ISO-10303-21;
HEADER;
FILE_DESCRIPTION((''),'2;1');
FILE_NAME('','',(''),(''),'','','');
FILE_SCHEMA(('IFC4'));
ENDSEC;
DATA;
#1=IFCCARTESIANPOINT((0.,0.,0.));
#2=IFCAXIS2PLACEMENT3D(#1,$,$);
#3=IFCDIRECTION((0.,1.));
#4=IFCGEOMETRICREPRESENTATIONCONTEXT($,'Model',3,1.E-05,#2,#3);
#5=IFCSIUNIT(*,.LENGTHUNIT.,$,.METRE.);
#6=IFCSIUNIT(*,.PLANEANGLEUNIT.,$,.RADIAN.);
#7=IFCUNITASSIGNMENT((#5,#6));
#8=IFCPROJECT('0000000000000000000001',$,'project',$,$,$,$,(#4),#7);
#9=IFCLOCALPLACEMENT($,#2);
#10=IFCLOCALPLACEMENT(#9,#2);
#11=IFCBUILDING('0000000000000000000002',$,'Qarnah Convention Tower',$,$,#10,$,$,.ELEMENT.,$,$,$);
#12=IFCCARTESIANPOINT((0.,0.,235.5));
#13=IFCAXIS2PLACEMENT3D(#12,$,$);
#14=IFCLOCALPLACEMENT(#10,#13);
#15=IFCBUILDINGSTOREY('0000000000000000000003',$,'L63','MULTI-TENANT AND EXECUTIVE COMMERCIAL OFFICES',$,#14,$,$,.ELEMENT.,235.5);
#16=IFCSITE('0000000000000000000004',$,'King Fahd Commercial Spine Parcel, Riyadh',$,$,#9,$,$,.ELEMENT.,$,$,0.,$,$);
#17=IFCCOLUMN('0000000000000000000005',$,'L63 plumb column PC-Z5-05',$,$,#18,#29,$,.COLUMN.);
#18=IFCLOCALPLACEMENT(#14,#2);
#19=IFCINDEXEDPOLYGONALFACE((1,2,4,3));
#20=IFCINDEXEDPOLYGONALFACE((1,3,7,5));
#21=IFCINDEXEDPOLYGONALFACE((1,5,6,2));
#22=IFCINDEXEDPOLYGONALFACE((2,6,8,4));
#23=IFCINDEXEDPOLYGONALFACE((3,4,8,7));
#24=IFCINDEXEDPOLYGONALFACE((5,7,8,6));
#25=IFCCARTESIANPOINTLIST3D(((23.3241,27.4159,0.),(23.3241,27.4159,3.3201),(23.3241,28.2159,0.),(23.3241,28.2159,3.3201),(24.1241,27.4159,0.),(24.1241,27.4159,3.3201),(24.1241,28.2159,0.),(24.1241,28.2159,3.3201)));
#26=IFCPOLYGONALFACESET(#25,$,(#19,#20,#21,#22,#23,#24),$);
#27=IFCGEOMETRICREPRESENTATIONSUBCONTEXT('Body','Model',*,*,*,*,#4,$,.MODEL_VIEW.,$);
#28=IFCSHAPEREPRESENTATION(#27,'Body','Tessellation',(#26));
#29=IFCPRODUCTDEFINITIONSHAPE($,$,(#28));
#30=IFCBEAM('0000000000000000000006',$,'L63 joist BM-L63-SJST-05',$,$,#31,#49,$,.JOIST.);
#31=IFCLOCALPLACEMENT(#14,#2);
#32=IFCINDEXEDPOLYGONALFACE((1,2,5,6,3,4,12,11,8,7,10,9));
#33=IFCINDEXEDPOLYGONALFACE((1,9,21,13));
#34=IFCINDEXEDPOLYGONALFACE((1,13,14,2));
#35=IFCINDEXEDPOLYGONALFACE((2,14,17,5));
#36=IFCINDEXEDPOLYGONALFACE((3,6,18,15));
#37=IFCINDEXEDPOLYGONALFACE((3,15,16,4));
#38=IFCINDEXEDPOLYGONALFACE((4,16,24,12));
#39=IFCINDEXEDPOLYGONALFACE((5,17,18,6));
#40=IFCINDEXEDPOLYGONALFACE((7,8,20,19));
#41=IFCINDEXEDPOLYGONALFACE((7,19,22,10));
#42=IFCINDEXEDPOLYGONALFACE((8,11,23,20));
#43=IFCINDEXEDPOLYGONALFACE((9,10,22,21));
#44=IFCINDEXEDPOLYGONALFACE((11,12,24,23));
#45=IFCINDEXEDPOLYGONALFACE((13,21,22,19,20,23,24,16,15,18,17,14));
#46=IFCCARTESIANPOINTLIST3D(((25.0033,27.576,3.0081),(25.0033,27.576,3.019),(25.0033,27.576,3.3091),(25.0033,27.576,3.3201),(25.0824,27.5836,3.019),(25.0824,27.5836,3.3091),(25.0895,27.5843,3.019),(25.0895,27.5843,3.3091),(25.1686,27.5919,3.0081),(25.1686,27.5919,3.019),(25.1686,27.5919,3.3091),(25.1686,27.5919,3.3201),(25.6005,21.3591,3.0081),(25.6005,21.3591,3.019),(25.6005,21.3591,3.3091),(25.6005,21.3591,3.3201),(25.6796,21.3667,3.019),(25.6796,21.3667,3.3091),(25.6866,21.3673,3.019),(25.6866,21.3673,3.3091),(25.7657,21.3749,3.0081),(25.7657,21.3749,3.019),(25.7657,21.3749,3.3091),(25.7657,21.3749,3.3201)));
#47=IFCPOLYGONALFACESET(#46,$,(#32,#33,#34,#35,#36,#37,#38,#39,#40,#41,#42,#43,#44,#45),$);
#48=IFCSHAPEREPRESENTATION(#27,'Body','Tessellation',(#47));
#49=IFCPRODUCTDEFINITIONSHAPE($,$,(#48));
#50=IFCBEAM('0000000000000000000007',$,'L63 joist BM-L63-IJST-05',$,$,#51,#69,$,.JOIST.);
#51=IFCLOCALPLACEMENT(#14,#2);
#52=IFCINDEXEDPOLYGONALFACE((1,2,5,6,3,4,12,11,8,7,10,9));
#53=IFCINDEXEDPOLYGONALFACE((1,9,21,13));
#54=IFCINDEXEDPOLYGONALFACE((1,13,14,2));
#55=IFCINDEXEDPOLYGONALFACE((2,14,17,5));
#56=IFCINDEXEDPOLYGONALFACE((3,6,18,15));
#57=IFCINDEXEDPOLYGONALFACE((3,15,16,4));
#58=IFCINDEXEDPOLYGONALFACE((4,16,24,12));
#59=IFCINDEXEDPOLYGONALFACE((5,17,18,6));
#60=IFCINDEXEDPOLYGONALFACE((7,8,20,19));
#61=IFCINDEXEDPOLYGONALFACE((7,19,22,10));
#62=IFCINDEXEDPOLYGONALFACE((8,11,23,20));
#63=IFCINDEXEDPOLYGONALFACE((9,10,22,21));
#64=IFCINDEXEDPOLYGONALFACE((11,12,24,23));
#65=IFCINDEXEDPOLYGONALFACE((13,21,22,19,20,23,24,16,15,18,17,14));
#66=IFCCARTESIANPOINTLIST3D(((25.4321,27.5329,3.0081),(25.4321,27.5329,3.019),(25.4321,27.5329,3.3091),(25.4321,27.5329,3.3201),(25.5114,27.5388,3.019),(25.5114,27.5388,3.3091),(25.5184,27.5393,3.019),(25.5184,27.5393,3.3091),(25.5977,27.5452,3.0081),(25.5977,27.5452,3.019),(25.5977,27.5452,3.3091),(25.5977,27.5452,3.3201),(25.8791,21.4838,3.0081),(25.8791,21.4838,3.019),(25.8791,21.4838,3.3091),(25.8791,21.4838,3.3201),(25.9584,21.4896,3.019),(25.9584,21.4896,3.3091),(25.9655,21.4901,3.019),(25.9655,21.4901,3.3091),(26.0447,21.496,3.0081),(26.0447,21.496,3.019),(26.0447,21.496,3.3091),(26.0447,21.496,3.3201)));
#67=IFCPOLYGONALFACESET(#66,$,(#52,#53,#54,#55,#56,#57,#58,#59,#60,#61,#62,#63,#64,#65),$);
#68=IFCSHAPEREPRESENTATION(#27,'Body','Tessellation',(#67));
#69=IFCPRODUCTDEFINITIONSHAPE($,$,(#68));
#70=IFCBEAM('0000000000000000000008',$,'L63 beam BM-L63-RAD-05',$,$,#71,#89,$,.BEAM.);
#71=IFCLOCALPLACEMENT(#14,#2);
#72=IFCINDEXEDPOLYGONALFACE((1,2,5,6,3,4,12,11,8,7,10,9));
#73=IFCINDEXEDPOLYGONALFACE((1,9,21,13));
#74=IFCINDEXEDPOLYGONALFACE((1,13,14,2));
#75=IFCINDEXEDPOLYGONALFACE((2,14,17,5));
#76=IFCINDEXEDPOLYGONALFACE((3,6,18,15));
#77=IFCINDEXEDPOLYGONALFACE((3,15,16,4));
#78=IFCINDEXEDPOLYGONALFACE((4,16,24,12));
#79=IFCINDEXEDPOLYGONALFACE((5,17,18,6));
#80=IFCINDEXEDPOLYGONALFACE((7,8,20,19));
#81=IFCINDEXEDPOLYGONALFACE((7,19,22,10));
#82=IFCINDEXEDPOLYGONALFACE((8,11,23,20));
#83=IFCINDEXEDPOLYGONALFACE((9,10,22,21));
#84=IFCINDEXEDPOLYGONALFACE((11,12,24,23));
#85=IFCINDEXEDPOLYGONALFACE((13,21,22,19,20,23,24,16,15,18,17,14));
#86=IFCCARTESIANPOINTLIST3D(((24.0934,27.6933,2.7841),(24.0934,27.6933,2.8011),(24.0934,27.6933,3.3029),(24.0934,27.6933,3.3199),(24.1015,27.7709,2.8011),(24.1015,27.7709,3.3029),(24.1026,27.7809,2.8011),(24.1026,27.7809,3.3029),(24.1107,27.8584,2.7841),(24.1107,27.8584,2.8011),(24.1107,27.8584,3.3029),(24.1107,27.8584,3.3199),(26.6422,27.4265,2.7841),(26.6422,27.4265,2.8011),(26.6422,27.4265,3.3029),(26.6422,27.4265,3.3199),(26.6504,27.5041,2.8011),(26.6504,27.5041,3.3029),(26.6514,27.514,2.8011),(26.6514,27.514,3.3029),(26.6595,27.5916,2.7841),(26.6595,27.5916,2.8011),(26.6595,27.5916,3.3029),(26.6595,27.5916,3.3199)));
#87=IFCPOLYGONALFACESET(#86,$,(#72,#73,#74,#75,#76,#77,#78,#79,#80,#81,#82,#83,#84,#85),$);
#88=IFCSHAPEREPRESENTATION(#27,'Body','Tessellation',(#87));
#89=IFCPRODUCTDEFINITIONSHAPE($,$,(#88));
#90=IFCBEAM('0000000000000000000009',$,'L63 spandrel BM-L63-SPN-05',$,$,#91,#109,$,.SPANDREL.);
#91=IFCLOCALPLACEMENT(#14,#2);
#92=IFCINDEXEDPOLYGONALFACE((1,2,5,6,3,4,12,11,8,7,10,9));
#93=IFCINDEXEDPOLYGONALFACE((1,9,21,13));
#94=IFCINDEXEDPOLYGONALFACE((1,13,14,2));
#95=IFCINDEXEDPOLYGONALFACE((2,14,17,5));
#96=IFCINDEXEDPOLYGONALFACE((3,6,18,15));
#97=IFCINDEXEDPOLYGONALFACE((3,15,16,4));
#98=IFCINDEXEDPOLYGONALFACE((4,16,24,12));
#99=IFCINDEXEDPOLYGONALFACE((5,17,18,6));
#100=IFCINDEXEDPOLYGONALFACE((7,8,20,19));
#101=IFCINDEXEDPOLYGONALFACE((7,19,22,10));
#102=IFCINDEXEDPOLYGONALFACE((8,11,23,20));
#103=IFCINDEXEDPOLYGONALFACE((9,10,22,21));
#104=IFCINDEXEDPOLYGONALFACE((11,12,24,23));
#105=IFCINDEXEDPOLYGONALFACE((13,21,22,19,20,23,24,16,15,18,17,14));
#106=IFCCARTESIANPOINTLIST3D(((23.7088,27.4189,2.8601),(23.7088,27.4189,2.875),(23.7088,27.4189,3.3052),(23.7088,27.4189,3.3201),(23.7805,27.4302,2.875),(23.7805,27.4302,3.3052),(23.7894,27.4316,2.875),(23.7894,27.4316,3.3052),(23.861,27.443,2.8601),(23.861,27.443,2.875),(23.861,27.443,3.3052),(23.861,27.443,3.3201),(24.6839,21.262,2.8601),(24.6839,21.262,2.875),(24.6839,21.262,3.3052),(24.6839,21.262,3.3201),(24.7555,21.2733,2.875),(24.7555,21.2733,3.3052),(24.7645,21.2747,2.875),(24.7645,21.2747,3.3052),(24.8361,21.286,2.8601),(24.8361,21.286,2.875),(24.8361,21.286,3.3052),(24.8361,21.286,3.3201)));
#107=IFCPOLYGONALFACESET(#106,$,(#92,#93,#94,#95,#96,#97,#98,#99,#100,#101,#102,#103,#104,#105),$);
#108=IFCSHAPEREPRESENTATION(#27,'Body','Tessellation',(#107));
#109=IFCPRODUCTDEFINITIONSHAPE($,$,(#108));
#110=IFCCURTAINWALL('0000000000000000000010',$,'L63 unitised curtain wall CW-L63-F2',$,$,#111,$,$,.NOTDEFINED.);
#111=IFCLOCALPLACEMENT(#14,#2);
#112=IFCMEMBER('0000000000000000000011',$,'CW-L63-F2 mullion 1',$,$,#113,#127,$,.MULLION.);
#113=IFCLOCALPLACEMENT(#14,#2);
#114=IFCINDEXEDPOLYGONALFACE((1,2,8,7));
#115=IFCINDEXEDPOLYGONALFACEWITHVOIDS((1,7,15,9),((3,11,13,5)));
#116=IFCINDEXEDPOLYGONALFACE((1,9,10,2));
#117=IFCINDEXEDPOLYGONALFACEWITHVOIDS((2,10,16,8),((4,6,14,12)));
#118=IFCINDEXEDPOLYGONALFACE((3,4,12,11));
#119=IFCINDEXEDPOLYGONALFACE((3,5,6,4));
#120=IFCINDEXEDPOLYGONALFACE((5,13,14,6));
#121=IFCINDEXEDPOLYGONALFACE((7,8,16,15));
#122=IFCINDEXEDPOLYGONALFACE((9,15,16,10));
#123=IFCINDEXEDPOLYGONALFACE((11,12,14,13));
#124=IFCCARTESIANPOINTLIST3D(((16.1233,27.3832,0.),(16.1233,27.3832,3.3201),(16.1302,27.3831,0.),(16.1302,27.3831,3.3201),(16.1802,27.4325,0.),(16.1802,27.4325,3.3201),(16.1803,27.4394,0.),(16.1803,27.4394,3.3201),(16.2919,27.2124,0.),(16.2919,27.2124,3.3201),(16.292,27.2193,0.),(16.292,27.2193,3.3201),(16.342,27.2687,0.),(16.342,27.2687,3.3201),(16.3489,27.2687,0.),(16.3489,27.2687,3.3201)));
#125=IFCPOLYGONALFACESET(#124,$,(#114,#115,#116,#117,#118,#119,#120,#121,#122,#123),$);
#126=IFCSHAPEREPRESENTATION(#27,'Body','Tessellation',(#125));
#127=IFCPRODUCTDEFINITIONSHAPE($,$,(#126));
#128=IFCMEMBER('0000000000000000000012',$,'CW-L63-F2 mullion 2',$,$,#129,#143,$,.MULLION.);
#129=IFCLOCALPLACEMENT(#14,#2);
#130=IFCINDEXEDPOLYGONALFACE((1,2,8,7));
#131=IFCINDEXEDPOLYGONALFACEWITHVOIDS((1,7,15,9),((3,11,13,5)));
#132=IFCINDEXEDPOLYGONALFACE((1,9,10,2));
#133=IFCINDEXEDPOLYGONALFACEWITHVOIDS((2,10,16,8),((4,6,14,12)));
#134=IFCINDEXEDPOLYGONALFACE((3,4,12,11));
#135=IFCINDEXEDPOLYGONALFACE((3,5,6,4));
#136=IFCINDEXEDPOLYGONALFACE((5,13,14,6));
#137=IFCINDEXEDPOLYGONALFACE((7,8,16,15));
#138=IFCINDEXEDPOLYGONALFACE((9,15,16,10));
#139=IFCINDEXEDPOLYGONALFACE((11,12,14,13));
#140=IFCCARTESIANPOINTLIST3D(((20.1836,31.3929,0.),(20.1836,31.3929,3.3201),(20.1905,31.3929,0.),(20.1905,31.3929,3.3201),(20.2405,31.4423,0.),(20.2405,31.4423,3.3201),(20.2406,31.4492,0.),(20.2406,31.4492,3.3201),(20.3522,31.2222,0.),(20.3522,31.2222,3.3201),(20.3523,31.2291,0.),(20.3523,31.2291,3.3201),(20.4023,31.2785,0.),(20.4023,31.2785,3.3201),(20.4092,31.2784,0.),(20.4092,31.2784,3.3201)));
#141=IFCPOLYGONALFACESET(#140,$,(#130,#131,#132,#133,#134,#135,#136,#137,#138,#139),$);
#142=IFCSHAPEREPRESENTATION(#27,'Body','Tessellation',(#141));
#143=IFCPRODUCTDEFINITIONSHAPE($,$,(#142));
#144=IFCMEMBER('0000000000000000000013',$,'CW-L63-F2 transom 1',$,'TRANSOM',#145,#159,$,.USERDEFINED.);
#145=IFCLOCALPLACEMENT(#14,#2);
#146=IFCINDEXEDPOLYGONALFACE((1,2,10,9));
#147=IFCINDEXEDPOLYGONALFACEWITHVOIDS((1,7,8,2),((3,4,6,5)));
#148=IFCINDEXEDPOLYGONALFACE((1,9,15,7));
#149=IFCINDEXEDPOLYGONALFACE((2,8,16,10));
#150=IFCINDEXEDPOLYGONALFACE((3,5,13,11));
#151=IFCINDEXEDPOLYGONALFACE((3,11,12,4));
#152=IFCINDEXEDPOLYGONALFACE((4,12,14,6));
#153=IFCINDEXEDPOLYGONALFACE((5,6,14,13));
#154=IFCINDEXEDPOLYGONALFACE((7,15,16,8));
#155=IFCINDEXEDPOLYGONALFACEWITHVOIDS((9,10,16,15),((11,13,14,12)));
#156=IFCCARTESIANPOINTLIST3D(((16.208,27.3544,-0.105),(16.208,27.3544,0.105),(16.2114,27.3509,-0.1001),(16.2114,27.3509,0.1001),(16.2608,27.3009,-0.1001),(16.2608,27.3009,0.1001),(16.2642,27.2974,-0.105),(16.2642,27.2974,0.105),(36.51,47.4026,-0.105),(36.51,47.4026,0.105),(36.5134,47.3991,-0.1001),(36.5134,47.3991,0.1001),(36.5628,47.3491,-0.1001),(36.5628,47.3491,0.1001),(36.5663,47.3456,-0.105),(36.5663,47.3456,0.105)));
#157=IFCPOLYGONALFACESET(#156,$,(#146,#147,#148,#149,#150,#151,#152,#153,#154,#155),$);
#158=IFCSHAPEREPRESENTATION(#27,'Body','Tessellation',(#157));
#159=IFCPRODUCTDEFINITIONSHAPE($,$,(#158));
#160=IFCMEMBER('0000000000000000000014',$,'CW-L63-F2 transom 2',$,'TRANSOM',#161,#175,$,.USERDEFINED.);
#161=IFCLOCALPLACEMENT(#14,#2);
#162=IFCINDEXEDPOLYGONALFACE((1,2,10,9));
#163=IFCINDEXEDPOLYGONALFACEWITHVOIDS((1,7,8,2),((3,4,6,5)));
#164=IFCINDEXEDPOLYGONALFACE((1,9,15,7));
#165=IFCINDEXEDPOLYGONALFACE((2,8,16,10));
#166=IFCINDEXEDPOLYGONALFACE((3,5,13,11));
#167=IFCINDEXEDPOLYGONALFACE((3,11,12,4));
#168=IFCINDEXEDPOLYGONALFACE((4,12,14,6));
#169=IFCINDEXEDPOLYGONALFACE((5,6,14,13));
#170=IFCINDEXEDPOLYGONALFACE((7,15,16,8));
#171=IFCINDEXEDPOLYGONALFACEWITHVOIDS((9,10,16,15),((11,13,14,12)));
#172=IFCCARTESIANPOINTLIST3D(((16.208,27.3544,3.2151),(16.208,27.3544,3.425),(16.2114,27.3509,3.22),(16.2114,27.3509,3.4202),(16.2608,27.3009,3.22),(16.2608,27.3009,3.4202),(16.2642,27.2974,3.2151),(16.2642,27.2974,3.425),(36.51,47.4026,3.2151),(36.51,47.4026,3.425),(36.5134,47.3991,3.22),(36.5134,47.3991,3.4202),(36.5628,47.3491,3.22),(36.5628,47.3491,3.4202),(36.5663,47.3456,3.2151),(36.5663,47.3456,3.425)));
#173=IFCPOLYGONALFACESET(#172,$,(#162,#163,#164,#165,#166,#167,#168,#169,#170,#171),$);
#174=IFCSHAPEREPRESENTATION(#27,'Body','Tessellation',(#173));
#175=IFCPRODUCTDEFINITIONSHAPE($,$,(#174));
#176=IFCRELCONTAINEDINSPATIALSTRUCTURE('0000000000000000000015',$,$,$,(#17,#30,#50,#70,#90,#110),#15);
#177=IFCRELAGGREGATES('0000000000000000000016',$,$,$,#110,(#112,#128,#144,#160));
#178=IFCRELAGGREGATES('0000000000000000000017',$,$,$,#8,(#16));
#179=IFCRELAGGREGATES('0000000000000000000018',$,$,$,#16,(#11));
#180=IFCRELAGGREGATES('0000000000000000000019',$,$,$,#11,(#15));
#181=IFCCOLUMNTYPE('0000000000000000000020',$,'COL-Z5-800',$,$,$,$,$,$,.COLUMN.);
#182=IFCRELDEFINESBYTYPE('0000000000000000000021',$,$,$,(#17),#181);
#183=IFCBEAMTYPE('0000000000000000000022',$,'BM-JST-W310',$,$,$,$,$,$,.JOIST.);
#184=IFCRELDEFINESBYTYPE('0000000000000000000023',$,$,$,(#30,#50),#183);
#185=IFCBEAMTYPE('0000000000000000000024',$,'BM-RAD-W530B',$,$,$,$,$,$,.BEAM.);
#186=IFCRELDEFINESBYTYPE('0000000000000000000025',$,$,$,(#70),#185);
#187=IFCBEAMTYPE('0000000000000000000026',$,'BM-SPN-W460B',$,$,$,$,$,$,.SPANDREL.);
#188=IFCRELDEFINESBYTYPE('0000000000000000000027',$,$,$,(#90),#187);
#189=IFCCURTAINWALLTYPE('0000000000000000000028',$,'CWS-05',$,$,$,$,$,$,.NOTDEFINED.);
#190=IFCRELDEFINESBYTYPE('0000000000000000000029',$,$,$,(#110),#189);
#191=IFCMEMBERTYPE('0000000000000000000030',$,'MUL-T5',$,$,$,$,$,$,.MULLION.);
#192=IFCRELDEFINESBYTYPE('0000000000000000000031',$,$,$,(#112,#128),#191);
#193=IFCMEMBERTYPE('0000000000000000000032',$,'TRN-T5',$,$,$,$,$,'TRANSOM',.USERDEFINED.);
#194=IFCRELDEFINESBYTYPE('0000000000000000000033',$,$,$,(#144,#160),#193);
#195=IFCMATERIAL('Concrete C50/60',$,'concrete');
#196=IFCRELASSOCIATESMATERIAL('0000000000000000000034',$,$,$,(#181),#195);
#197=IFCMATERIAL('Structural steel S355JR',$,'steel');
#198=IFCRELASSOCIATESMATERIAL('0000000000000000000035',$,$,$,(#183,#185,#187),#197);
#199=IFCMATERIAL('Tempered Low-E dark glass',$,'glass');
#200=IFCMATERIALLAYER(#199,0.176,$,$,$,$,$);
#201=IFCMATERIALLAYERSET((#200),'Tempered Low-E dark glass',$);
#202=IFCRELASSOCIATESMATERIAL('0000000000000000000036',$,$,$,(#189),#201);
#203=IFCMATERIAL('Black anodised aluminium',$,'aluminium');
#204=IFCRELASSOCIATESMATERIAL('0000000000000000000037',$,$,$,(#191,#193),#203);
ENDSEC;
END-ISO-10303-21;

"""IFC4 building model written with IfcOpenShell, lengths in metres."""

from ifc_helpers import new_model, si_unit, direction, frame, origin, origin_2d, place, context, subcontext, project, spatial, rectangle, hollow_rectangle, i_section, extrude, material, layer, layer_set, material_profile, profile_set, type_object, element, aggregate, save


model = new_model("IFC4")

# Units and contexts
model_context = context("Model", 3, precision=1e-05, world=origin(), true_north=direction((0.0, 1.0)))
body_context = subcontext(model_context, "Body", "Model", "MODEL_VIEW")
ifc_project = project(units=[si_unit("LENGTHUNIT", "METRE"), si_unit("PLANEANGLEUNIT", "RADIAN")], contexts=[model_context])

# Site, building, storey
site_placement = place(None, origin())
site = spatial("IfcSite", under=ifc_project, at=site_placement, Name="King Fahd Commercial Spine Parcel, Riyadh", CompositionType="ELEMENT", RefElevation=0.0)
building_placement = place(site_placement, origin())
building = spatial("IfcBuilding", under=site, at=building_placement, Name="Qarnah Convention Tower", CompositionType="ELEMENT")
storey_placement = place(building_placement, frame((0.0, 0.0, 235.5)))
storey = spatial("IfcBuildingStorey", under=building, at=storey_placement, Name="L63", Description="MULTI-TENANT AND EXECUTIVE COMMERCIAL OFFICES", CompositionType="ELEMENT", Elevation=235.5)

# Column
ifc_material_1 = material(Name="Concrete C50/60", Category="concrete")
ifc_material_profile_1 = material_profile(ifc_material_1, rectangle(XDim=0.8, YDim=0.8, at=origin_2d()), Name="RC-COL-800X800")
ifc_profile_set_1 = profile_set([ifc_material_profile_1], Name="Concrete C50/60")
column_type = type_object("IfcColumnType", Name="COL-Z5-800", PredefinedType="COLUMN", material=ifc_profile_set_1)
column_placement = place(storey_placement, frame((23.7241, 27.8159, 0.0), z_axis=(0.0, 0.0, 1.0), x_axis=(1.0, 0.0, 0.0)))
element("IfcColumn", 1, at=column_placement, inside=storey, type_object=column_type, Name="L63 plumb column PC-Z5-05", PredefinedType="COLUMN", context=body_context, shape_type="SweptSolid", body=[
    extrude(rectangle(XDim=0.8, YDim=0.8, at=origin_2d()), origin(), (0.0, 0.0, 1.0), 3.3201),
])

# Beams
ifc_material_2 = material(Name="Structural steel S355JR", Category="steel")
ifc_material_profile_2 = material_profile(ifc_material_2, i_section(OverallWidth=0.166, OverallDepth=0.312, WebThickness=0.0071, FlangeThickness=0.011, at=origin_2d()), Name="W310X45")
ifc_profile_set_2 = profile_set([ifc_material_profile_2], Name="Structural steel S355JR")
beam_type_1 = type_object("IfcBeamType", Name="BM-JST-W310", PredefinedType="JOIST", material=ifc_profile_set_2)
beam_1_placement = place(storey_placement, frame((25.0859, 27.584, 3.1641), z_axis=(0.095613, -0.995419, 0.0), x_axis=(0.995419, 0.095613, 0.0)))
element("IfcBeam", 2, at=beam_1_placement, inside=storey, type_object=beam_type_1, Name="L63 joist BM-L63-SJST-05", PredefinedType="JOIST", context=body_context, shape_type="SweptSolid", body=[
    extrude(i_section(OverallWidth=0.166, OverallDepth=0.312, WebThickness=0.0071, FlangeThickness=0.011, at=origin_2d()), origin(), (0.0, 0.0, 1.0), 6.2456),
])
beam_2_placement = place(storey_placement, frame((25.5149, 27.5391, 3.1641), z_axis=(0.073698, -0.997281, 0.0), x_axis=(0.997281, 0.073698, 0.0)))
element("IfcBeam", 3, at=beam_2_placement, inside=storey, type_object=beam_type_1, Name="L63 joist BM-L63-IJST-05", PredefinedType="JOIST", context=body_context, shape_type="SweptSolid", body=[
    extrude(i_section(OverallWidth=0.166, OverallDepth=0.312, WebThickness=0.0071, FlangeThickness=0.011, at=origin_2d()), origin(), (0.0, 0.0, 1.0), 6.0657),
])
ifc_material_profile_3 = material_profile(ifc_material_2, i_section(OverallWidth=0.166, OverallDepth=0.5359, WebThickness=0.01, FlangeThickness=0.0171, at=origin_2d()), Name="W530X85")
ifc_profile_set_3 = profile_set([ifc_material_profile_3], Name="Structural steel S355JR")
beam_type_2 = type_object("IfcBeamType", Name="BM-RAD-W530B", PredefinedType="BEAM", material=ifc_profile_set_3)
beam_3_placement = place(storey_placement, frame((26.6509, 27.509, 3.052), z_axis=(-0.994564, 0.104124, 0.0), x_axis=(-0.104124, -0.994564, 0.0)))
element("IfcBeam", 4, at=beam_3_placement, inside=storey, type_object=beam_type_2, Name="L63 beam BM-L63-RAD-05", PredefinedType="BEAM", context=body_context, shape_type="SweptSolid", body=[
    extrude(i_section(OverallWidth=0.166, OverallDepth=0.5359, WebThickness=0.01, FlangeThickness=0.0171, at=origin_2d()), origin(), (0.0, 0.0, 1.0), 2.5627),
])
ifc_material_profile_4 = material_profile(ifc_material_2, i_section(OverallWidth=0.1541, OverallDepth=0.46, WebThickness=0.009, FlangeThickness=0.0149, at=origin_2d()), Name="W460X68")
ifc_profile_set_4 = profile_set([ifc_material_profile_4], Name="Structural steel S355JR")
beam_type_3 = type_object("IfcBeamType", Name="BM-SPN-W460B", PredefinedType="SPANDREL", material=ifc_profile_set_4)
beam_4_placement = place(storey_placement, frame((23.7849, 27.4309, 3.0901), z_axis=(0.156423, -0.98769, 0.0), x_axis=(0.98769, 0.156423, 0.0)))
element("IfcBeam", 5, at=beam_4_placement, inside=storey, type_object=beam_type_3, Name="L63 spandrel BM-L63-SPN-05", PredefinedType="SPANDREL", context=body_context, shape_type="SweptSolid", body=[
    extrude(i_section(OverallWidth=0.1541, OverallDepth=0.46, WebThickness=0.009, FlangeThickness=0.0149, at=origin_2d()), origin(), (0.0, 0.0, 1.0), 6.2336),
])

# Curtain wall, members
ifc_material_3 = material(Name="Tempered Low-E dark glass", Category="glass")
ifc_layer_1 = layer(ifc_material_3, 0.176)
ifc_layer_set_1 = layer_set([ifc_layer_1], Name="Tempered Low-E dark glass")
curtain_wall_type = type_object("IfcCurtainWallType", Name="CWS-05", PredefinedType="NOTDEFINED", material=ifc_layer_set_1)
curtain_wall_placement = place(storey_placement, origin())
curtain_wall = element("IfcCurtainWall", 6, at=curtain_wall_placement, inside=storey, type_object=curtain_wall_type, Name="L63 unitised curtain wall CW-L63-F2", PredefinedType="NOTDEFINED")
ifc_material_4 = material(Name="Black anodised aluminium", Category="aluminium")
ifc_material_profile_5 = material_profile(ifc_material_4, hollow_rectangle(XDim=0.0801, YDim=0.24, WallThickness=0.0049, at=origin_2d()), Name="MUL-80X240")
ifc_profile_set_5 = profile_set([ifc_material_profile_5], Name="Black anodised aluminium")
member_type_1 = type_object("IfcMemberType", Name="MUL-T5", PredefinedType="MULLION", material=ifc_profile_set_5)
member_1_placement = place(storey_placement, frame((16.2361, 27.3259, 0.0), z_axis=(0.0, 0.0, 1.0), x_axis=(0.711544, 0.702642, 0.0)))
member_1 = element("IfcMember", 7, at=member_1_placement, type_object=member_type_1, Name="CW-L63-F2 mullion 1", PredefinedType="MULLION", context=body_context, shape_type="SweptSolid", body=[
    extrude(hollow_rectangle(XDim=0.0801, YDim=0.24, WallThickness=0.0049, at=origin_2d()), origin(), (0.0, 0.0, 1.0), 3.3201),
])
member_2_placement = place(storey_placement, frame((20.2964, 31.3357, 0.0), z_axis=(0.0, 0.0, 1.0), x_axis=(0.711544, 0.702642, 0.0)))
member_2 = element("IfcMember", 8, at=member_2_placement, type_object=member_type_1, Name="CW-L63-F2 mullion 2", PredefinedType="MULLION", context=body_context, shape_type="SweptSolid", body=[
    extrude(hollow_rectangle(XDim=0.0801, YDim=0.24, WallThickness=0.0049, at=origin_2d()), origin(), (0.0, 0.0, 1.0), 3.3201),
])
ifc_material_profile_6 = material_profile(ifc_material_4, hollow_rectangle(XDim=0.0801, YDim=0.21, WallThickness=0.0049, at=origin_2d()), Name="TRN-80X210")
ifc_profile_set_6 = profile_set([ifc_material_profile_6], Name="Black anodised aluminium")
member_type_2 = type_object("IfcMemberType", Name="TRN-T5", ElementType="TRANSOM", PredefinedType="USERDEFINED", material=ifc_profile_set_6)
member_3_placement = place(storey_placement, frame((16.2361, 27.3259, 0.0), z_axis=(0.711542, 0.702643, 0.0), x_axis=(-0.702643, 0.711542, 0.0)))
member_3 = element("IfcMember", 9, at=member_3_placement, type_object=member_type_2, Name="CW-L63-F2 transom 1", ObjectType="TRANSOM", PredefinedType="USERDEFINED", context=body_context, shape_type="SweptSolid", body=[
    extrude(hollow_rectangle(XDim=0.0801, YDim=0.21, WallThickness=0.0049, at=origin_2d()), origin(), (0.0, 0.0, 1.0), 28.5325),
])
member_4_placement = place(storey_placement, frame((16.2361, 27.3259, 3.3201), z_axis=(0.711542, 0.702643, 0.0), x_axis=(-0.702643, 0.711542, 0.0)))
member_4 = element("IfcMember", 10, at=member_4_placement, type_object=member_type_2, Name="CW-L63-F2 transom 2", ObjectType="TRANSOM", PredefinedType="USERDEFINED", context=body_context, shape_type="SweptSolid", body=[
    extrude(hollow_rectangle(XDim=0.0801, YDim=0.21, WallThickness=0.0049, at=origin_2d()), origin(), (0.0, 0.0, 1.0), 28.5325),
])
aggregate(curtain_wall, [member_1, member_2, member_3, member_4])

save(model, "model.ifc")
